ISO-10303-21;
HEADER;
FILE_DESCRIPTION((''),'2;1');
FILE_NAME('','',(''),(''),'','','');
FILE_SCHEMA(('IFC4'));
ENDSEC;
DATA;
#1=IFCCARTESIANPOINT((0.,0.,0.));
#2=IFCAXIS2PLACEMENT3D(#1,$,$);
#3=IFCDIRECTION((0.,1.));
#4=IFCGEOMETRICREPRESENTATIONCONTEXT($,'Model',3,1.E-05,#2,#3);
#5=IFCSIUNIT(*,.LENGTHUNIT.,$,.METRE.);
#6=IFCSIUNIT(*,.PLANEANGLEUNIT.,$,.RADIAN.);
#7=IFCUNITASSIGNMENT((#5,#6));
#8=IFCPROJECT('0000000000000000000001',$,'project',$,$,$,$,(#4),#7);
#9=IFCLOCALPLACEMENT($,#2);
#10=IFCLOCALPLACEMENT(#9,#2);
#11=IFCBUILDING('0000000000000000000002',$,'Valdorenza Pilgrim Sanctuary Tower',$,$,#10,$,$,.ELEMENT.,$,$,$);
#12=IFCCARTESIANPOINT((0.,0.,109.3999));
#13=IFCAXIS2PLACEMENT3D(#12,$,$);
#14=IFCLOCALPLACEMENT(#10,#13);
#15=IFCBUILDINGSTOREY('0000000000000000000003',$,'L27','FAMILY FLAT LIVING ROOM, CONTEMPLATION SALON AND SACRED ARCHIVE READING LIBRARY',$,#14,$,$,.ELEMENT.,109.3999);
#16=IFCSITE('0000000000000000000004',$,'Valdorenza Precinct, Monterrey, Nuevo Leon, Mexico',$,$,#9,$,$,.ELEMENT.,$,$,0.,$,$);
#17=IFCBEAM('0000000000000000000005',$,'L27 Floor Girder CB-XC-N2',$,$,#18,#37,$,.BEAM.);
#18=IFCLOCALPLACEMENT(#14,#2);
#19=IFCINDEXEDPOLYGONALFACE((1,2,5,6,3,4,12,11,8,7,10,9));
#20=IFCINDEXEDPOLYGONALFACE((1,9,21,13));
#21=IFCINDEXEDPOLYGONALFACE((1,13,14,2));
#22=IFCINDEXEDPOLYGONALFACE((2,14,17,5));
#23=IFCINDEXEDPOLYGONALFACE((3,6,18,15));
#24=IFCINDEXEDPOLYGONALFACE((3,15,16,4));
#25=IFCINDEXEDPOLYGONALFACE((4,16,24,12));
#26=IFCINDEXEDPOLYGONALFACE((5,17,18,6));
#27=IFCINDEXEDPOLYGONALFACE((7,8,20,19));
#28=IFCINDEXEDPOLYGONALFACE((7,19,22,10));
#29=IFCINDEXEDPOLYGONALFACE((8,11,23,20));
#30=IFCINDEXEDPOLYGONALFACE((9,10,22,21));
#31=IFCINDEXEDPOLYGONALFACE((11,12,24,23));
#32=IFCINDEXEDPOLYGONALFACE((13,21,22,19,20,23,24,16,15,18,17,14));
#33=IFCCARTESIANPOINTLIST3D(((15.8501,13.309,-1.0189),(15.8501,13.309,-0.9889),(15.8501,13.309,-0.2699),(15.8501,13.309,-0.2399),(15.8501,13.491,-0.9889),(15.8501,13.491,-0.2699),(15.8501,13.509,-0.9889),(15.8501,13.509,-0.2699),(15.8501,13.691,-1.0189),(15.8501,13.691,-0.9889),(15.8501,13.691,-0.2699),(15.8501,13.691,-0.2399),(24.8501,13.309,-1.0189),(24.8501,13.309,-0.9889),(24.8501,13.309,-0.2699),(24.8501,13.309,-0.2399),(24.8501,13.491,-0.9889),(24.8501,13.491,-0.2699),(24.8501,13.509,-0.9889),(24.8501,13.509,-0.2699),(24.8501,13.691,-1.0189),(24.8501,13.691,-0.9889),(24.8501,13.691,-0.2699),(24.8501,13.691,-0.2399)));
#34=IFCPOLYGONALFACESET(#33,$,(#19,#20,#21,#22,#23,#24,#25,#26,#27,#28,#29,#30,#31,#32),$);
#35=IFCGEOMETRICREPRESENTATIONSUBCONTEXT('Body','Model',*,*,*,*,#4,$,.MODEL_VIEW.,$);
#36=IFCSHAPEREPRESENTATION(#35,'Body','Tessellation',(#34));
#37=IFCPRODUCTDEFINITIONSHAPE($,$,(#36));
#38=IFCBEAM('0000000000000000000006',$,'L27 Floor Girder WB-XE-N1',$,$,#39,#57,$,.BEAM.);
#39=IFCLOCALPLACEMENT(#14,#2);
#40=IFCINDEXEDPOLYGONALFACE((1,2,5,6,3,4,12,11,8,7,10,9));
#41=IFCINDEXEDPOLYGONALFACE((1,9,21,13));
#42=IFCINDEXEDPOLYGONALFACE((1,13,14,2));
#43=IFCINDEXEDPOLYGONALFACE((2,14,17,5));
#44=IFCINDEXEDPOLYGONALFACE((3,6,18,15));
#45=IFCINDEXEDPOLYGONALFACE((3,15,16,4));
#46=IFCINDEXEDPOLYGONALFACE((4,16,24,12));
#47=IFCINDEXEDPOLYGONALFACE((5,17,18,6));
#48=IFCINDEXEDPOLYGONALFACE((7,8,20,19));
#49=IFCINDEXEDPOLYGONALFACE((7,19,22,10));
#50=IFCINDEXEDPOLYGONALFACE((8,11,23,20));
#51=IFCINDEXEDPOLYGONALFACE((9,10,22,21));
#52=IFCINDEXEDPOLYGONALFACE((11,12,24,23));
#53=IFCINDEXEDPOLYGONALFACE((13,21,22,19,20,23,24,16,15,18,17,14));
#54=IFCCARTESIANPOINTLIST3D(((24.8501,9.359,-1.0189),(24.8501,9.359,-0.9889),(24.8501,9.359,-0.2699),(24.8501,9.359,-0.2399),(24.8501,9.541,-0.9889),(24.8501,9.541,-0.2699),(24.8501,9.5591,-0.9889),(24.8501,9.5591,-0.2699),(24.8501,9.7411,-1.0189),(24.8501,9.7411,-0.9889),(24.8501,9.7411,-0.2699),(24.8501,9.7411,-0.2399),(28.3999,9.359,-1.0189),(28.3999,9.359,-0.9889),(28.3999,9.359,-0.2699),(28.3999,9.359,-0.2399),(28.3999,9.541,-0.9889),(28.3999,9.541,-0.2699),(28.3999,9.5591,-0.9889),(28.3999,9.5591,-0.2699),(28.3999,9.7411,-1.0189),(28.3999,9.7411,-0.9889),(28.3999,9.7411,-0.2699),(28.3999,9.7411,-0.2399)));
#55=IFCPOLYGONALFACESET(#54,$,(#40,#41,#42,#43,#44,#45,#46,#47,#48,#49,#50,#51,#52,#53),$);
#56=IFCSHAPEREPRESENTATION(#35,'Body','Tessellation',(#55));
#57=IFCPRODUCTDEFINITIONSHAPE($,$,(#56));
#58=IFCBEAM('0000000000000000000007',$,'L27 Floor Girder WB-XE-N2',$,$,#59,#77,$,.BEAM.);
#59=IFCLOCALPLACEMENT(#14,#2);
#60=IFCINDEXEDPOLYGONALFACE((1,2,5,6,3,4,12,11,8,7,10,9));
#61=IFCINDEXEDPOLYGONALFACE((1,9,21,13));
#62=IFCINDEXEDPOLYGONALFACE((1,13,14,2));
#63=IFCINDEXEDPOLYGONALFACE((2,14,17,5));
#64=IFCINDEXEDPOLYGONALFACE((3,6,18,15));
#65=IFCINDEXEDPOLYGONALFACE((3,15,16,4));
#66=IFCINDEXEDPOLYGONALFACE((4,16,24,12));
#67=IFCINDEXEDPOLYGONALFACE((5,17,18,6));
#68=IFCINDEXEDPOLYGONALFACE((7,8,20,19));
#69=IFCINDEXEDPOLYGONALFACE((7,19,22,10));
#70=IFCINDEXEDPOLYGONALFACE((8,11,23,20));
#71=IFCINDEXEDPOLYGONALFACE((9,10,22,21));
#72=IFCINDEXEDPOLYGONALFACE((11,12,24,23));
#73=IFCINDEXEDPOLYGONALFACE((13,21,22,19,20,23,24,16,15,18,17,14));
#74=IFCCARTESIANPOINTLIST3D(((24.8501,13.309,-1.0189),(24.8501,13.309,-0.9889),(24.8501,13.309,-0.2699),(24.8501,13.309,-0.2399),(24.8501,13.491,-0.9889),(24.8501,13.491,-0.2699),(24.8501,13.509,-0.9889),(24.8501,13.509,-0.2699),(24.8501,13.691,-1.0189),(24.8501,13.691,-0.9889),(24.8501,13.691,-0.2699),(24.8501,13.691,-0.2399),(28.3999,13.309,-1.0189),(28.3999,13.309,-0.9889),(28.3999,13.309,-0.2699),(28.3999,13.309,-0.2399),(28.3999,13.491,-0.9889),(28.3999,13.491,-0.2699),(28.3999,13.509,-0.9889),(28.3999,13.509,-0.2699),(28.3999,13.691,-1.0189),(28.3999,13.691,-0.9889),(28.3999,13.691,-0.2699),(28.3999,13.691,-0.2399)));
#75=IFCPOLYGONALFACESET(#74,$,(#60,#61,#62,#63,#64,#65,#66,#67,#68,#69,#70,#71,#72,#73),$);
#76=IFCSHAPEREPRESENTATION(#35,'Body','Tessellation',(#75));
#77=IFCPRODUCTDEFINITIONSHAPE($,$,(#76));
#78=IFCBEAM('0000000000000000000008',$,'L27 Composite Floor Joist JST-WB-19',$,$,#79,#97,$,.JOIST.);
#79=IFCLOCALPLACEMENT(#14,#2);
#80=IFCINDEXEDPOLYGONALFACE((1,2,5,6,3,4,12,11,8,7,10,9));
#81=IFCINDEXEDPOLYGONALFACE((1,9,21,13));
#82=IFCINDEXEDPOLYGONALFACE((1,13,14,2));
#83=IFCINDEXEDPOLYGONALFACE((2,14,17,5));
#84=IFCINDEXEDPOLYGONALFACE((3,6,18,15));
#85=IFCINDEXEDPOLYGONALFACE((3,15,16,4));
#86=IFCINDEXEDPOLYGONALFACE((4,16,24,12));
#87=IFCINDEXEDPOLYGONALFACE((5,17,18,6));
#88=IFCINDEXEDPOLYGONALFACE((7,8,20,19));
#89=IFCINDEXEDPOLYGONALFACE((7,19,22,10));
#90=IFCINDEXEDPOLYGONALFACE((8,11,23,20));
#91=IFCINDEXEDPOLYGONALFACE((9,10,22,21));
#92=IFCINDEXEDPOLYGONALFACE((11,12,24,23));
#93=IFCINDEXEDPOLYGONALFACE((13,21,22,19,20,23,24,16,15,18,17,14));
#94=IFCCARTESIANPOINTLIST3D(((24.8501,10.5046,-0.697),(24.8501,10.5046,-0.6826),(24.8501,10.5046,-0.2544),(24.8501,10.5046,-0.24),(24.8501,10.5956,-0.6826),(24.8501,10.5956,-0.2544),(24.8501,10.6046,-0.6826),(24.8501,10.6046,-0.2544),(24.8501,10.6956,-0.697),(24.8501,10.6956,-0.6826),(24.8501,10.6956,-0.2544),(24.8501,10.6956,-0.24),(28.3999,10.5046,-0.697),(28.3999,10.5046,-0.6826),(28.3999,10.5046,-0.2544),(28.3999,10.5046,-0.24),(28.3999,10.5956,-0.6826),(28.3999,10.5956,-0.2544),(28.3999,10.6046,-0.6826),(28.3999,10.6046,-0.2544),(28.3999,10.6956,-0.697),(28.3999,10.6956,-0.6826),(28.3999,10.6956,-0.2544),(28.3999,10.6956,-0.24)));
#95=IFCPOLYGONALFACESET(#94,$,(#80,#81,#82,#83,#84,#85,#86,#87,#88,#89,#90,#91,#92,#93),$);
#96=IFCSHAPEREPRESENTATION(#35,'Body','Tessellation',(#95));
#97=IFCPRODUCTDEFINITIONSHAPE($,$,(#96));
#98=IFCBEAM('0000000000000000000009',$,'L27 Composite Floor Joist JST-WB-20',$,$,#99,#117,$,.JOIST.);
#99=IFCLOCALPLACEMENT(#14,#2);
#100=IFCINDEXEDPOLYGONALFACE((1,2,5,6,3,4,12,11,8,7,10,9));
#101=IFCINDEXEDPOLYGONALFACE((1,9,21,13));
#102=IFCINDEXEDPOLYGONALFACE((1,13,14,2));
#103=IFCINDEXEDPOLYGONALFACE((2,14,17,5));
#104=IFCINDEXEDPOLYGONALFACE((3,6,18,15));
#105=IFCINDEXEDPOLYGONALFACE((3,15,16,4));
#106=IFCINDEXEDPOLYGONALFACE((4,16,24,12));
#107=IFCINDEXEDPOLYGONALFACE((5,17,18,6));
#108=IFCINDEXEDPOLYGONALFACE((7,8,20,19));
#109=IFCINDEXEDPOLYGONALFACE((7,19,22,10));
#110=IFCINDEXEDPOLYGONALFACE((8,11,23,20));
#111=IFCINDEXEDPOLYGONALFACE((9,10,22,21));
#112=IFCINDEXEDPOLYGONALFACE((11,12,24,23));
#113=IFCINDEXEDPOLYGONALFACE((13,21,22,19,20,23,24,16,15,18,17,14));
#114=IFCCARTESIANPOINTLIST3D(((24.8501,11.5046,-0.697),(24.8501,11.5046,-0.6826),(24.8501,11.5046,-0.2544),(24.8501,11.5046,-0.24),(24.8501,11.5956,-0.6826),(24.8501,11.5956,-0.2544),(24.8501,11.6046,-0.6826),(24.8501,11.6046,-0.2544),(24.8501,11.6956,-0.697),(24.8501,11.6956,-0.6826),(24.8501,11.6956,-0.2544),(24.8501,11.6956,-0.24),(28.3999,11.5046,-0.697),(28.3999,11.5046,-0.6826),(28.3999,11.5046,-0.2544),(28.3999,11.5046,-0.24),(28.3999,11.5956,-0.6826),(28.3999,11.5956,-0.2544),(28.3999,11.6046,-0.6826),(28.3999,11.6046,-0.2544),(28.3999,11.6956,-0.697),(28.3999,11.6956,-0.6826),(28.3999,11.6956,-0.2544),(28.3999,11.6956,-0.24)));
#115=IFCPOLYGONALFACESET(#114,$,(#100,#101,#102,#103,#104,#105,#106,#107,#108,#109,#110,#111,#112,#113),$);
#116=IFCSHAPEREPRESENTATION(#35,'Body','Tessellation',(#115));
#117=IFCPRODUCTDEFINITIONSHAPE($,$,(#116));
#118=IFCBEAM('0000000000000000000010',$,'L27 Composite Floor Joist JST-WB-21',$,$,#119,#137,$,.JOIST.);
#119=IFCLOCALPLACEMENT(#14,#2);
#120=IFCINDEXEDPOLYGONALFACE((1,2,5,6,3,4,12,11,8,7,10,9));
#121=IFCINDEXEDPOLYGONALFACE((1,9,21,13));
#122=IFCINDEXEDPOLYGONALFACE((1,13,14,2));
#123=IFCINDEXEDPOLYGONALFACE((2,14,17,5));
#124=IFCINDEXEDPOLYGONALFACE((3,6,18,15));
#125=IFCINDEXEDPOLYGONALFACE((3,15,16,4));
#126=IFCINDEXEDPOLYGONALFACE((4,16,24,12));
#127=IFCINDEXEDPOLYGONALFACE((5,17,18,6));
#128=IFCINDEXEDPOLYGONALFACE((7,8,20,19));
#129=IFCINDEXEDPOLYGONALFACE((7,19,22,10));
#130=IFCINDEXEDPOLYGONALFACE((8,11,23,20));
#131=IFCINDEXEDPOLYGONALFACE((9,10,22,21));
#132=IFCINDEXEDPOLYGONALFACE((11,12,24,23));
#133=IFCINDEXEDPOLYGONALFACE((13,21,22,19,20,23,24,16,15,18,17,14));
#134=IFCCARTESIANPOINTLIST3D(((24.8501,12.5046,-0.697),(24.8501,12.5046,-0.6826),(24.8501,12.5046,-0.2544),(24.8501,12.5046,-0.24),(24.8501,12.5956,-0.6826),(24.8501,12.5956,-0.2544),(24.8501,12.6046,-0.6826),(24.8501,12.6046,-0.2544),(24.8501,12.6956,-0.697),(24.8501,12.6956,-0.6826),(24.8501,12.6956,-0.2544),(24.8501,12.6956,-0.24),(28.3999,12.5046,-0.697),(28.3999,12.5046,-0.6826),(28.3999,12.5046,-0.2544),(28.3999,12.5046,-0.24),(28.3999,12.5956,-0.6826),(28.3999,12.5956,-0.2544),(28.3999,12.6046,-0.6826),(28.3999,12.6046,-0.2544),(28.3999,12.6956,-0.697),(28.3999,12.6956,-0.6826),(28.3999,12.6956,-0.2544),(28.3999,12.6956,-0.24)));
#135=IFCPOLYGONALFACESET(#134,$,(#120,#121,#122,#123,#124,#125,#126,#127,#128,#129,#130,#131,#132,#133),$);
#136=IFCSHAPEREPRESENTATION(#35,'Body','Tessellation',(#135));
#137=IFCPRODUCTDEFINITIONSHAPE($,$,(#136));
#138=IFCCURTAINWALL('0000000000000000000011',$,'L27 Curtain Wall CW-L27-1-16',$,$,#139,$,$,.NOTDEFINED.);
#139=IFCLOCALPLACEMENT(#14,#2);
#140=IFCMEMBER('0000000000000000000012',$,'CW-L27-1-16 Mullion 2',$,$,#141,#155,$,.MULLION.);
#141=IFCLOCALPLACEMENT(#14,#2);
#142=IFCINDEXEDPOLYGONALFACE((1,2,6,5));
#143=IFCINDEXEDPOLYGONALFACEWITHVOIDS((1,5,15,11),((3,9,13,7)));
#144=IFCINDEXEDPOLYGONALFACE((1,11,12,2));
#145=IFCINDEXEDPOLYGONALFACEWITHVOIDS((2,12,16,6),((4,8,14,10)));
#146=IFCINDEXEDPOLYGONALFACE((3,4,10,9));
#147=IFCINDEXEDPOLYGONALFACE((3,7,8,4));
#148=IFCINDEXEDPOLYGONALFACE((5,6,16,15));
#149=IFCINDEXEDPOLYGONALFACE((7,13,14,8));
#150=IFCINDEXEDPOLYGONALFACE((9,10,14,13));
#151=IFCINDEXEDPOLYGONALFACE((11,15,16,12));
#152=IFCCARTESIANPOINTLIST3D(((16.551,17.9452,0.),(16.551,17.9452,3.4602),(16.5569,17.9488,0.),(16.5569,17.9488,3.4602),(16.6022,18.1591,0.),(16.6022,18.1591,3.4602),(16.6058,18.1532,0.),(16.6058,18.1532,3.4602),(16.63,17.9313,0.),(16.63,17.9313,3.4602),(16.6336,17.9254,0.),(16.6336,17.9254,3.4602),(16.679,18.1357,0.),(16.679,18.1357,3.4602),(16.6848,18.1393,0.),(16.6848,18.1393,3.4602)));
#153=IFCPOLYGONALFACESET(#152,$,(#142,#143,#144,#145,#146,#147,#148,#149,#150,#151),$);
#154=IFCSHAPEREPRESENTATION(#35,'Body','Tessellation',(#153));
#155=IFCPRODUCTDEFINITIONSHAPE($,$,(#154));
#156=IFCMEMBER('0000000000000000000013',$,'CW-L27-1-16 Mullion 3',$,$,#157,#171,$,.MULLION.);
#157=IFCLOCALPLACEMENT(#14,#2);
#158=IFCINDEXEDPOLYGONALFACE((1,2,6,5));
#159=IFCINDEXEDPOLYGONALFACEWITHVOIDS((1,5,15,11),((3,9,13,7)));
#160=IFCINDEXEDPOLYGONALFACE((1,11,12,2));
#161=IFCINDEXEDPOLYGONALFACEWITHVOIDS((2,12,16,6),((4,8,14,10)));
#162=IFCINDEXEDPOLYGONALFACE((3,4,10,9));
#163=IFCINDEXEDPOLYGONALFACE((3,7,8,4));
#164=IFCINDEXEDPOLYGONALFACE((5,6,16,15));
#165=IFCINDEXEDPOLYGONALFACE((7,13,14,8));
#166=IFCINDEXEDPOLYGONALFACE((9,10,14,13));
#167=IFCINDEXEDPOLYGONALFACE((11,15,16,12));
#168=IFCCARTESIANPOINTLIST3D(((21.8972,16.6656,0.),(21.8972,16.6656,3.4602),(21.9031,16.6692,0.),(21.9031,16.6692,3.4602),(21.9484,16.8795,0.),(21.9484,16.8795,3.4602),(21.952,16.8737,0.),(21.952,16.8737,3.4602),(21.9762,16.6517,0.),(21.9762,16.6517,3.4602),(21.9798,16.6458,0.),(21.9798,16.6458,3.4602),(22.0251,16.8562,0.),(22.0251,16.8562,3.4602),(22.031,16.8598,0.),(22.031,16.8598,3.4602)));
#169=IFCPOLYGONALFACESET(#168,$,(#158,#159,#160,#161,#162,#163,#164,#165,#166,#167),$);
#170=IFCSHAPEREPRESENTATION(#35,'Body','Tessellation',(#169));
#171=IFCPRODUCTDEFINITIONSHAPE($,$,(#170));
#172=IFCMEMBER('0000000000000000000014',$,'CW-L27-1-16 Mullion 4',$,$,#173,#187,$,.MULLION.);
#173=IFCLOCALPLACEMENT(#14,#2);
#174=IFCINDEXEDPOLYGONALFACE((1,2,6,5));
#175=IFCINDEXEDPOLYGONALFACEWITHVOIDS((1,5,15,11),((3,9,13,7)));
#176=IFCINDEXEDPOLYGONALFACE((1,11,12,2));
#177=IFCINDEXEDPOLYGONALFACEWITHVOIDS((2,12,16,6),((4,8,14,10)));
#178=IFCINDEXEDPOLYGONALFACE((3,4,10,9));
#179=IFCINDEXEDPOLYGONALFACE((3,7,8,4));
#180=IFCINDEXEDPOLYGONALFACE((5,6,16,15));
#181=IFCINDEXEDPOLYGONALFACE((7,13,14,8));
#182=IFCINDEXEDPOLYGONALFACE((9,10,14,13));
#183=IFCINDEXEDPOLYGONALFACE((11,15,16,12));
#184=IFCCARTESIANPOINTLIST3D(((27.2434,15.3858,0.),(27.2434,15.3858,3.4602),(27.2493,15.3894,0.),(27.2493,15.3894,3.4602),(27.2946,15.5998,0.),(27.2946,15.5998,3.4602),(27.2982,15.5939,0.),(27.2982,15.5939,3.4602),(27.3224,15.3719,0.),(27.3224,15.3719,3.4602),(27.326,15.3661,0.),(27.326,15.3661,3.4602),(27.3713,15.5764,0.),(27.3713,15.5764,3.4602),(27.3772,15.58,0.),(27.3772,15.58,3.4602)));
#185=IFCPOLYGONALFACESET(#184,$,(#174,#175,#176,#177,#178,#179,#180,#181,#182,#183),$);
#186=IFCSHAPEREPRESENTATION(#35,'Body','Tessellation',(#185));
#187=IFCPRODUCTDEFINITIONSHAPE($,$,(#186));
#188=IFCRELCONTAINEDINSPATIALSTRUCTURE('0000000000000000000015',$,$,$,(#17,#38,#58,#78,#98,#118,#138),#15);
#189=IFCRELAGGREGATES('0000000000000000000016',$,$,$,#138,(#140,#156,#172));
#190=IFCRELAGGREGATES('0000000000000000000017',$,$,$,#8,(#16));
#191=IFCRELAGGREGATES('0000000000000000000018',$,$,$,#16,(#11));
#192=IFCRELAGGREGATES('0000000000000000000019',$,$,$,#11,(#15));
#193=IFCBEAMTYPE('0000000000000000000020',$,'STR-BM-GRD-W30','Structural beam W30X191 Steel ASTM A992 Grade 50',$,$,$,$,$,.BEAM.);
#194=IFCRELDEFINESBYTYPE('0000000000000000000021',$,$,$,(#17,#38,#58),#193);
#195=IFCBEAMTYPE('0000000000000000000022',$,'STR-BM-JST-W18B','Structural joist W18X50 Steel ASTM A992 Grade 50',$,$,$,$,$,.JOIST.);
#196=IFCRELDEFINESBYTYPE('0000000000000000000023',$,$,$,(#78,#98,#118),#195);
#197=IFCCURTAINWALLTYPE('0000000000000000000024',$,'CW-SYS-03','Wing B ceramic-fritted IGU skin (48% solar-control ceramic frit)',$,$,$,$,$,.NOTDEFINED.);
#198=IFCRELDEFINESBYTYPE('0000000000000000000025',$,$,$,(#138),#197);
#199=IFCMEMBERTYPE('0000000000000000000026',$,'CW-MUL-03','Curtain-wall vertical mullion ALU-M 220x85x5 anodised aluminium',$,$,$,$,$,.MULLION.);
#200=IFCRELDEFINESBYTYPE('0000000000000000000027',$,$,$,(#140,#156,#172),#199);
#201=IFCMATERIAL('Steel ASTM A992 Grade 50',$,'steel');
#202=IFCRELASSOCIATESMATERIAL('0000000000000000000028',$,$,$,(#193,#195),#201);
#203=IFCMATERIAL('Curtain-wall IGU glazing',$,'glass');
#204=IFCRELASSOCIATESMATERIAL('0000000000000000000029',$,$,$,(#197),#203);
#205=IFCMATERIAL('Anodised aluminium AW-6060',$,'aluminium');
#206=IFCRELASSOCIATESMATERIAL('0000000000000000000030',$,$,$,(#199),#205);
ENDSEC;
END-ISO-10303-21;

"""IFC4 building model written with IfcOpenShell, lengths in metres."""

from ifc_helpers import new_model, si_unit, direction, frame, origin, origin_2d, place, context, subcontext, project, spatial, hollow_rectangle, i_section, extrude, source, transform, mapped, material, material_profile, profile_set, type_object, element, aggregate, save


model = new_model("IFC4")

# Units and contexts
model_context = context("Model", 3, precision=1e-05, world=origin(), true_north=direction((0.0, 1.0)))
body_context = subcontext(model_context, "Body", "Model", "MODEL_VIEW")
ifc_project = project(units=[si_unit("LENGTHUNIT", "METRE"), si_unit("PLANEANGLEUNIT", "RADIAN")], contexts=[model_context])

# Site, building, storey
site_placement = place(None, origin())
site = spatial("IfcSite", under=ifc_project, at=site_placement, Name="Valdorenza Precinct, Monterrey, Nuevo Leon, Mexico", CompositionType="ELEMENT", RefElevation=0.0)
building_placement = place(site_placement, origin())
building = spatial("IfcBuilding", under=site, at=building_placement, Name="Valdorenza Pilgrim Sanctuary Tower", CompositionType="ELEMENT")
storey_placement = place(building_placement, frame((0.0, 0.0, 109.3999)))
storey = spatial("IfcBuildingStorey", under=building, at=storey_placement, Name="L27", Description="FAMILY FLAT LIVING ROOM, CONTEMPLATION SALON AND SACRED ARCHIVE READING LIBRARY", CompositionType="ELEMENT", Elevation=109.3999)

# Shared definitions
ifc_material_1 = material(Name="Steel ASTM A992 Grade 50", Category="steel")

# Beams
ifc_material_profile_1 = material_profile(ifc_material_1, i_section(OverallWidth=0.3821, OverallDepth=0.7791, WebThickness=0.0181, FlangeThickness=0.03, at=origin_2d()), Name="W30X191")
ifc_profile_set_1 = profile_set([ifc_material_profile_1], Name="Steel ASTM A992 Grade 50")
beam_type_1 = type_object("IfcBeamType", Name="STR-BM-GRD-W30", Description="Structural beam W30X191 Steel ASTM A992 Grade 50", PredefinedType="BEAM", material=ifc_profile_set_1)
shared_shape_1 = source(origin(), body_context, "Body", "SweptSolid", [
    extrude(i_section(OverallWidth=0.3821, OverallDepth=0.7791, WebThickness=0.0181, FlangeThickness=0.03, at=origin_2d()), origin(), (0.0, 0.0, 1.0), 9.0),
])
for number, where, z_axis, x_axis, name in (
    (1, (15.8501, 13.5, -0.6294), (1.0, 0.0, 0.0), (0.0, 1.0, 0.0), "L27 Floor Girder CB-XC-N2"),
):
    element("IfcBeam", number, at=place(storey_placement, frame(where, z_axis=z_axis, x_axis=x_axis)), inside=storey, type_object=beam_type_1, Name=name, PredefinedType="BEAM", context=body_context, shape_type="MappedRepresentation", body=[
        mapped(shared_shape_1, transform((0.0, 0.0, 0.0), x_axis=(1.0, 0.0, 0.0), y_axis=(0.0, 1.0, 0.0), z_axis=(0.0, 0.0, 1.0), scale=1.0)),
    ])
shared_shape_2 = source(origin(), body_context, "Body", "SweptSolid", [
    extrude(i_section(OverallWidth=0.3821, OverallDepth=0.7791, WebThickness=0.0181, FlangeThickness=0.03, at=origin_2d()), origin(), (0.0, 0.0, 1.0), 3.5498),
])
for number, where, z_axis, x_axis, name in (
    (2, (24.8501, 9.55, -0.6294), (1.0, 0.0, 0.0), (0.0, 1.0, 0.0), "L27 Floor Girder WB-XE-N1"),
    (3, (24.8501, 13.5, -0.6294), (1.0, 0.0, 0.0), (0.0, 1.0, 0.0), "L27 Floor Girder WB-XE-N2"),
):
    element("IfcBeam", number, at=place(storey_placement, frame(where, z_axis=z_axis, x_axis=x_axis)), inside=storey, type_object=beam_type_1, Name=name, PredefinedType="BEAM", context=body_context, shape_type="MappedRepresentation", body=[
        mapped(shared_shape_2, transform((0.0, 0.0, 0.0), x_axis=(1.0, 0.0, 0.0), y_axis=(0.0, 1.0, 0.0), z_axis=(0.0, 0.0, 1.0), scale=1.0)),
    ])
ifc_material_profile_2 = material_profile(ifc_material_1, i_section(OverallWidth=0.1909, OverallDepth=0.457, WebThickness=0.009, FlangeThickness=0.0144, at=origin_2d()), Name="W18X50")
ifc_profile_set_2 = profile_set([ifc_material_profile_2], Name="Steel ASTM A992 Grade 50")
beam_type_2 = type_object("IfcBeamType", Name="STR-BM-JST-W18B", Description="Structural joist W18X50 Steel ASTM A992 Grade 50", PredefinedType="JOIST", material=ifc_profile_set_2)
shared_shape_3 = source(origin(), body_context, "Body", "SweptSolid", [
    extrude(i_section(OverallWidth=0.1909, OverallDepth=0.457, WebThickness=0.009, FlangeThickness=0.0144, at=origin_2d()), origin(), (0.0, 0.0, 1.0), 3.5498),
])
for number, where, z_axis, x_axis, name in (
    (4, (24.8501, 10.6001, -0.4685), (1.0, 0.0, 0.0), (0.0, 1.0, 0.0), "L27 Composite Floor Joist JST-WB-19"),
    (5, (24.8501, 11.6001, -0.4685), (1.0, 0.0, 0.0), (0.0, 1.0, 0.0), "L27 Composite Floor Joist JST-WB-20"),
    (6, (24.8501, 12.6001, -0.4685), (1.0, 0.0, 0.0), (0.0, 1.0, 0.0), "L27 Composite Floor Joist JST-WB-21"),
):
    element("IfcBeam", number, at=place(storey_placement, frame(where, z_axis=z_axis, x_axis=x_axis)), inside=storey, type_object=beam_type_2, Name=name, PredefinedType="JOIST", context=body_context, shape_type="MappedRepresentation", body=[
        mapped(shared_shape_3, transform((0.0, 0.0, 0.0), x_axis=(1.0, 0.0, 0.0), y_axis=(0.0, 1.0, 0.0), z_axis=(0.0, 0.0, 1.0), scale=1.0)),
    ])

# Curtain wall, members
ifc_material_2 = material(Name="Curtain-wall IGU glazing", Category="glass")
curtain_wall_type = type_object("IfcCurtainWallType", Name="CW-SYS-03", Description="Wing B ceramic-fritted IGU skin (48% solar-control ceramic frit)", PredefinedType="NOTDEFINED", material=ifc_material_2)
curtain_wall_1_placement = place(storey_placement, origin())
curtain_wall_1 = element("IfcCurtainWall", 7, at=curtain_wall_1_placement, inside=storey, type_object=curtain_wall_type, Name="L27 Curtain Wall CW-L27-1-16", PredefinedType="NOTDEFINED")
ifc_material_3 = material(Name="Anodised aluminium AW-6060", Category="aluminium")
ifc_material_profile_3 = material_profile(ifc_material_3, hollow_rectangle(XDim=0.085, YDim=0.22, WallThickness=0.0049, at=origin_2d()), Name="ALU-M 220x85x5")
ifc_profile_set_3 = profile_set([ifc_material_profile_3], Name="Anodised aluminium AW-6060")
member_type_1 = type_object("IfcMemberType", Name="CW-MUL-03", Description="Curtain-wall vertical mullion ALU-M 220x85x5 anodised aluminium", PredefinedType="MULLION", material=ifc_profile_set_3)
shared_shape_4 = source(origin(), body_context, "Body", "SweptSolid", [
    extrude(hollow_rectangle(XDim=0.085, YDim=0.22, WallThickness=0.0049, at=origin_2d()), origin(), (0.0, 0.0, 1.0), 3.4602),
])
member_1_placement = place(storey_placement, frame((16.6179, 18.0422, 0.0), z_axis=(0.0, 0.0, 1.0), x_axis=(0.972529, -0.232783, 0.0)))
member_1 = element("IfcMember", 8, at=member_1_placement, type_object=member_type_1, Name="CW-L27-1-16 Mullion 2", PredefinedType="MULLION", context=body_context, shape_type="MappedRepresentation", body=[
    mapped(shared_shape_4, transform((0.0, 0.0, 0.0), x_axis=(1.0, 0.0, 0.0), y_axis=(0.0, 1.0, 0.0), z_axis=(0.0, 0.0, 1.0), scale=1.0)),
])
member_2_placement = place(storey_placement, frame((21.9641, 16.7627, 0.0), z_axis=(0.0, 0.0, 1.0), x_axis=(0.972529, -0.232783, 0.0)))
member_2 = element("IfcMember", 9, at=member_2_placement, type_object=member_type_1, Name="CW-L27-1-16 Mullion 3", PredefinedType="MULLION", context=body_context, shape_type="MappedRepresentation", body=[
    mapped(shared_shape_4, transform((0.0, 0.0, 0.0), x_axis=(1.0, 0.0, 0.0), y_axis=(0.0, 1.0, 0.0), z_axis=(0.0, 0.0, 1.0), scale=1.0)),
])
member_3_placement = place(storey_placement, frame((27.3103, 15.4829, 0.0), z_axis=(0.0, 0.0, 1.0), x_axis=(0.972529, -0.232783, 0.0)))
member_3 = element("IfcMember", 10, at=member_3_placement, type_object=member_type_1, Name="CW-L27-1-16 Mullion 4", PredefinedType="MULLION", context=body_context, shape_type="MappedRepresentation", body=[
    mapped(shared_shape_4, transform((0.0, 0.0, 0.0), x_axis=(1.0, 0.0, 0.0), y_axis=(0.0, 1.0, 0.0), z_axis=(0.0, 0.0, 1.0), scale=1.0)),
])

aggregate(curtain_wall_1, [member_1, member_2, member_3])

save(model, "model.ifc")
